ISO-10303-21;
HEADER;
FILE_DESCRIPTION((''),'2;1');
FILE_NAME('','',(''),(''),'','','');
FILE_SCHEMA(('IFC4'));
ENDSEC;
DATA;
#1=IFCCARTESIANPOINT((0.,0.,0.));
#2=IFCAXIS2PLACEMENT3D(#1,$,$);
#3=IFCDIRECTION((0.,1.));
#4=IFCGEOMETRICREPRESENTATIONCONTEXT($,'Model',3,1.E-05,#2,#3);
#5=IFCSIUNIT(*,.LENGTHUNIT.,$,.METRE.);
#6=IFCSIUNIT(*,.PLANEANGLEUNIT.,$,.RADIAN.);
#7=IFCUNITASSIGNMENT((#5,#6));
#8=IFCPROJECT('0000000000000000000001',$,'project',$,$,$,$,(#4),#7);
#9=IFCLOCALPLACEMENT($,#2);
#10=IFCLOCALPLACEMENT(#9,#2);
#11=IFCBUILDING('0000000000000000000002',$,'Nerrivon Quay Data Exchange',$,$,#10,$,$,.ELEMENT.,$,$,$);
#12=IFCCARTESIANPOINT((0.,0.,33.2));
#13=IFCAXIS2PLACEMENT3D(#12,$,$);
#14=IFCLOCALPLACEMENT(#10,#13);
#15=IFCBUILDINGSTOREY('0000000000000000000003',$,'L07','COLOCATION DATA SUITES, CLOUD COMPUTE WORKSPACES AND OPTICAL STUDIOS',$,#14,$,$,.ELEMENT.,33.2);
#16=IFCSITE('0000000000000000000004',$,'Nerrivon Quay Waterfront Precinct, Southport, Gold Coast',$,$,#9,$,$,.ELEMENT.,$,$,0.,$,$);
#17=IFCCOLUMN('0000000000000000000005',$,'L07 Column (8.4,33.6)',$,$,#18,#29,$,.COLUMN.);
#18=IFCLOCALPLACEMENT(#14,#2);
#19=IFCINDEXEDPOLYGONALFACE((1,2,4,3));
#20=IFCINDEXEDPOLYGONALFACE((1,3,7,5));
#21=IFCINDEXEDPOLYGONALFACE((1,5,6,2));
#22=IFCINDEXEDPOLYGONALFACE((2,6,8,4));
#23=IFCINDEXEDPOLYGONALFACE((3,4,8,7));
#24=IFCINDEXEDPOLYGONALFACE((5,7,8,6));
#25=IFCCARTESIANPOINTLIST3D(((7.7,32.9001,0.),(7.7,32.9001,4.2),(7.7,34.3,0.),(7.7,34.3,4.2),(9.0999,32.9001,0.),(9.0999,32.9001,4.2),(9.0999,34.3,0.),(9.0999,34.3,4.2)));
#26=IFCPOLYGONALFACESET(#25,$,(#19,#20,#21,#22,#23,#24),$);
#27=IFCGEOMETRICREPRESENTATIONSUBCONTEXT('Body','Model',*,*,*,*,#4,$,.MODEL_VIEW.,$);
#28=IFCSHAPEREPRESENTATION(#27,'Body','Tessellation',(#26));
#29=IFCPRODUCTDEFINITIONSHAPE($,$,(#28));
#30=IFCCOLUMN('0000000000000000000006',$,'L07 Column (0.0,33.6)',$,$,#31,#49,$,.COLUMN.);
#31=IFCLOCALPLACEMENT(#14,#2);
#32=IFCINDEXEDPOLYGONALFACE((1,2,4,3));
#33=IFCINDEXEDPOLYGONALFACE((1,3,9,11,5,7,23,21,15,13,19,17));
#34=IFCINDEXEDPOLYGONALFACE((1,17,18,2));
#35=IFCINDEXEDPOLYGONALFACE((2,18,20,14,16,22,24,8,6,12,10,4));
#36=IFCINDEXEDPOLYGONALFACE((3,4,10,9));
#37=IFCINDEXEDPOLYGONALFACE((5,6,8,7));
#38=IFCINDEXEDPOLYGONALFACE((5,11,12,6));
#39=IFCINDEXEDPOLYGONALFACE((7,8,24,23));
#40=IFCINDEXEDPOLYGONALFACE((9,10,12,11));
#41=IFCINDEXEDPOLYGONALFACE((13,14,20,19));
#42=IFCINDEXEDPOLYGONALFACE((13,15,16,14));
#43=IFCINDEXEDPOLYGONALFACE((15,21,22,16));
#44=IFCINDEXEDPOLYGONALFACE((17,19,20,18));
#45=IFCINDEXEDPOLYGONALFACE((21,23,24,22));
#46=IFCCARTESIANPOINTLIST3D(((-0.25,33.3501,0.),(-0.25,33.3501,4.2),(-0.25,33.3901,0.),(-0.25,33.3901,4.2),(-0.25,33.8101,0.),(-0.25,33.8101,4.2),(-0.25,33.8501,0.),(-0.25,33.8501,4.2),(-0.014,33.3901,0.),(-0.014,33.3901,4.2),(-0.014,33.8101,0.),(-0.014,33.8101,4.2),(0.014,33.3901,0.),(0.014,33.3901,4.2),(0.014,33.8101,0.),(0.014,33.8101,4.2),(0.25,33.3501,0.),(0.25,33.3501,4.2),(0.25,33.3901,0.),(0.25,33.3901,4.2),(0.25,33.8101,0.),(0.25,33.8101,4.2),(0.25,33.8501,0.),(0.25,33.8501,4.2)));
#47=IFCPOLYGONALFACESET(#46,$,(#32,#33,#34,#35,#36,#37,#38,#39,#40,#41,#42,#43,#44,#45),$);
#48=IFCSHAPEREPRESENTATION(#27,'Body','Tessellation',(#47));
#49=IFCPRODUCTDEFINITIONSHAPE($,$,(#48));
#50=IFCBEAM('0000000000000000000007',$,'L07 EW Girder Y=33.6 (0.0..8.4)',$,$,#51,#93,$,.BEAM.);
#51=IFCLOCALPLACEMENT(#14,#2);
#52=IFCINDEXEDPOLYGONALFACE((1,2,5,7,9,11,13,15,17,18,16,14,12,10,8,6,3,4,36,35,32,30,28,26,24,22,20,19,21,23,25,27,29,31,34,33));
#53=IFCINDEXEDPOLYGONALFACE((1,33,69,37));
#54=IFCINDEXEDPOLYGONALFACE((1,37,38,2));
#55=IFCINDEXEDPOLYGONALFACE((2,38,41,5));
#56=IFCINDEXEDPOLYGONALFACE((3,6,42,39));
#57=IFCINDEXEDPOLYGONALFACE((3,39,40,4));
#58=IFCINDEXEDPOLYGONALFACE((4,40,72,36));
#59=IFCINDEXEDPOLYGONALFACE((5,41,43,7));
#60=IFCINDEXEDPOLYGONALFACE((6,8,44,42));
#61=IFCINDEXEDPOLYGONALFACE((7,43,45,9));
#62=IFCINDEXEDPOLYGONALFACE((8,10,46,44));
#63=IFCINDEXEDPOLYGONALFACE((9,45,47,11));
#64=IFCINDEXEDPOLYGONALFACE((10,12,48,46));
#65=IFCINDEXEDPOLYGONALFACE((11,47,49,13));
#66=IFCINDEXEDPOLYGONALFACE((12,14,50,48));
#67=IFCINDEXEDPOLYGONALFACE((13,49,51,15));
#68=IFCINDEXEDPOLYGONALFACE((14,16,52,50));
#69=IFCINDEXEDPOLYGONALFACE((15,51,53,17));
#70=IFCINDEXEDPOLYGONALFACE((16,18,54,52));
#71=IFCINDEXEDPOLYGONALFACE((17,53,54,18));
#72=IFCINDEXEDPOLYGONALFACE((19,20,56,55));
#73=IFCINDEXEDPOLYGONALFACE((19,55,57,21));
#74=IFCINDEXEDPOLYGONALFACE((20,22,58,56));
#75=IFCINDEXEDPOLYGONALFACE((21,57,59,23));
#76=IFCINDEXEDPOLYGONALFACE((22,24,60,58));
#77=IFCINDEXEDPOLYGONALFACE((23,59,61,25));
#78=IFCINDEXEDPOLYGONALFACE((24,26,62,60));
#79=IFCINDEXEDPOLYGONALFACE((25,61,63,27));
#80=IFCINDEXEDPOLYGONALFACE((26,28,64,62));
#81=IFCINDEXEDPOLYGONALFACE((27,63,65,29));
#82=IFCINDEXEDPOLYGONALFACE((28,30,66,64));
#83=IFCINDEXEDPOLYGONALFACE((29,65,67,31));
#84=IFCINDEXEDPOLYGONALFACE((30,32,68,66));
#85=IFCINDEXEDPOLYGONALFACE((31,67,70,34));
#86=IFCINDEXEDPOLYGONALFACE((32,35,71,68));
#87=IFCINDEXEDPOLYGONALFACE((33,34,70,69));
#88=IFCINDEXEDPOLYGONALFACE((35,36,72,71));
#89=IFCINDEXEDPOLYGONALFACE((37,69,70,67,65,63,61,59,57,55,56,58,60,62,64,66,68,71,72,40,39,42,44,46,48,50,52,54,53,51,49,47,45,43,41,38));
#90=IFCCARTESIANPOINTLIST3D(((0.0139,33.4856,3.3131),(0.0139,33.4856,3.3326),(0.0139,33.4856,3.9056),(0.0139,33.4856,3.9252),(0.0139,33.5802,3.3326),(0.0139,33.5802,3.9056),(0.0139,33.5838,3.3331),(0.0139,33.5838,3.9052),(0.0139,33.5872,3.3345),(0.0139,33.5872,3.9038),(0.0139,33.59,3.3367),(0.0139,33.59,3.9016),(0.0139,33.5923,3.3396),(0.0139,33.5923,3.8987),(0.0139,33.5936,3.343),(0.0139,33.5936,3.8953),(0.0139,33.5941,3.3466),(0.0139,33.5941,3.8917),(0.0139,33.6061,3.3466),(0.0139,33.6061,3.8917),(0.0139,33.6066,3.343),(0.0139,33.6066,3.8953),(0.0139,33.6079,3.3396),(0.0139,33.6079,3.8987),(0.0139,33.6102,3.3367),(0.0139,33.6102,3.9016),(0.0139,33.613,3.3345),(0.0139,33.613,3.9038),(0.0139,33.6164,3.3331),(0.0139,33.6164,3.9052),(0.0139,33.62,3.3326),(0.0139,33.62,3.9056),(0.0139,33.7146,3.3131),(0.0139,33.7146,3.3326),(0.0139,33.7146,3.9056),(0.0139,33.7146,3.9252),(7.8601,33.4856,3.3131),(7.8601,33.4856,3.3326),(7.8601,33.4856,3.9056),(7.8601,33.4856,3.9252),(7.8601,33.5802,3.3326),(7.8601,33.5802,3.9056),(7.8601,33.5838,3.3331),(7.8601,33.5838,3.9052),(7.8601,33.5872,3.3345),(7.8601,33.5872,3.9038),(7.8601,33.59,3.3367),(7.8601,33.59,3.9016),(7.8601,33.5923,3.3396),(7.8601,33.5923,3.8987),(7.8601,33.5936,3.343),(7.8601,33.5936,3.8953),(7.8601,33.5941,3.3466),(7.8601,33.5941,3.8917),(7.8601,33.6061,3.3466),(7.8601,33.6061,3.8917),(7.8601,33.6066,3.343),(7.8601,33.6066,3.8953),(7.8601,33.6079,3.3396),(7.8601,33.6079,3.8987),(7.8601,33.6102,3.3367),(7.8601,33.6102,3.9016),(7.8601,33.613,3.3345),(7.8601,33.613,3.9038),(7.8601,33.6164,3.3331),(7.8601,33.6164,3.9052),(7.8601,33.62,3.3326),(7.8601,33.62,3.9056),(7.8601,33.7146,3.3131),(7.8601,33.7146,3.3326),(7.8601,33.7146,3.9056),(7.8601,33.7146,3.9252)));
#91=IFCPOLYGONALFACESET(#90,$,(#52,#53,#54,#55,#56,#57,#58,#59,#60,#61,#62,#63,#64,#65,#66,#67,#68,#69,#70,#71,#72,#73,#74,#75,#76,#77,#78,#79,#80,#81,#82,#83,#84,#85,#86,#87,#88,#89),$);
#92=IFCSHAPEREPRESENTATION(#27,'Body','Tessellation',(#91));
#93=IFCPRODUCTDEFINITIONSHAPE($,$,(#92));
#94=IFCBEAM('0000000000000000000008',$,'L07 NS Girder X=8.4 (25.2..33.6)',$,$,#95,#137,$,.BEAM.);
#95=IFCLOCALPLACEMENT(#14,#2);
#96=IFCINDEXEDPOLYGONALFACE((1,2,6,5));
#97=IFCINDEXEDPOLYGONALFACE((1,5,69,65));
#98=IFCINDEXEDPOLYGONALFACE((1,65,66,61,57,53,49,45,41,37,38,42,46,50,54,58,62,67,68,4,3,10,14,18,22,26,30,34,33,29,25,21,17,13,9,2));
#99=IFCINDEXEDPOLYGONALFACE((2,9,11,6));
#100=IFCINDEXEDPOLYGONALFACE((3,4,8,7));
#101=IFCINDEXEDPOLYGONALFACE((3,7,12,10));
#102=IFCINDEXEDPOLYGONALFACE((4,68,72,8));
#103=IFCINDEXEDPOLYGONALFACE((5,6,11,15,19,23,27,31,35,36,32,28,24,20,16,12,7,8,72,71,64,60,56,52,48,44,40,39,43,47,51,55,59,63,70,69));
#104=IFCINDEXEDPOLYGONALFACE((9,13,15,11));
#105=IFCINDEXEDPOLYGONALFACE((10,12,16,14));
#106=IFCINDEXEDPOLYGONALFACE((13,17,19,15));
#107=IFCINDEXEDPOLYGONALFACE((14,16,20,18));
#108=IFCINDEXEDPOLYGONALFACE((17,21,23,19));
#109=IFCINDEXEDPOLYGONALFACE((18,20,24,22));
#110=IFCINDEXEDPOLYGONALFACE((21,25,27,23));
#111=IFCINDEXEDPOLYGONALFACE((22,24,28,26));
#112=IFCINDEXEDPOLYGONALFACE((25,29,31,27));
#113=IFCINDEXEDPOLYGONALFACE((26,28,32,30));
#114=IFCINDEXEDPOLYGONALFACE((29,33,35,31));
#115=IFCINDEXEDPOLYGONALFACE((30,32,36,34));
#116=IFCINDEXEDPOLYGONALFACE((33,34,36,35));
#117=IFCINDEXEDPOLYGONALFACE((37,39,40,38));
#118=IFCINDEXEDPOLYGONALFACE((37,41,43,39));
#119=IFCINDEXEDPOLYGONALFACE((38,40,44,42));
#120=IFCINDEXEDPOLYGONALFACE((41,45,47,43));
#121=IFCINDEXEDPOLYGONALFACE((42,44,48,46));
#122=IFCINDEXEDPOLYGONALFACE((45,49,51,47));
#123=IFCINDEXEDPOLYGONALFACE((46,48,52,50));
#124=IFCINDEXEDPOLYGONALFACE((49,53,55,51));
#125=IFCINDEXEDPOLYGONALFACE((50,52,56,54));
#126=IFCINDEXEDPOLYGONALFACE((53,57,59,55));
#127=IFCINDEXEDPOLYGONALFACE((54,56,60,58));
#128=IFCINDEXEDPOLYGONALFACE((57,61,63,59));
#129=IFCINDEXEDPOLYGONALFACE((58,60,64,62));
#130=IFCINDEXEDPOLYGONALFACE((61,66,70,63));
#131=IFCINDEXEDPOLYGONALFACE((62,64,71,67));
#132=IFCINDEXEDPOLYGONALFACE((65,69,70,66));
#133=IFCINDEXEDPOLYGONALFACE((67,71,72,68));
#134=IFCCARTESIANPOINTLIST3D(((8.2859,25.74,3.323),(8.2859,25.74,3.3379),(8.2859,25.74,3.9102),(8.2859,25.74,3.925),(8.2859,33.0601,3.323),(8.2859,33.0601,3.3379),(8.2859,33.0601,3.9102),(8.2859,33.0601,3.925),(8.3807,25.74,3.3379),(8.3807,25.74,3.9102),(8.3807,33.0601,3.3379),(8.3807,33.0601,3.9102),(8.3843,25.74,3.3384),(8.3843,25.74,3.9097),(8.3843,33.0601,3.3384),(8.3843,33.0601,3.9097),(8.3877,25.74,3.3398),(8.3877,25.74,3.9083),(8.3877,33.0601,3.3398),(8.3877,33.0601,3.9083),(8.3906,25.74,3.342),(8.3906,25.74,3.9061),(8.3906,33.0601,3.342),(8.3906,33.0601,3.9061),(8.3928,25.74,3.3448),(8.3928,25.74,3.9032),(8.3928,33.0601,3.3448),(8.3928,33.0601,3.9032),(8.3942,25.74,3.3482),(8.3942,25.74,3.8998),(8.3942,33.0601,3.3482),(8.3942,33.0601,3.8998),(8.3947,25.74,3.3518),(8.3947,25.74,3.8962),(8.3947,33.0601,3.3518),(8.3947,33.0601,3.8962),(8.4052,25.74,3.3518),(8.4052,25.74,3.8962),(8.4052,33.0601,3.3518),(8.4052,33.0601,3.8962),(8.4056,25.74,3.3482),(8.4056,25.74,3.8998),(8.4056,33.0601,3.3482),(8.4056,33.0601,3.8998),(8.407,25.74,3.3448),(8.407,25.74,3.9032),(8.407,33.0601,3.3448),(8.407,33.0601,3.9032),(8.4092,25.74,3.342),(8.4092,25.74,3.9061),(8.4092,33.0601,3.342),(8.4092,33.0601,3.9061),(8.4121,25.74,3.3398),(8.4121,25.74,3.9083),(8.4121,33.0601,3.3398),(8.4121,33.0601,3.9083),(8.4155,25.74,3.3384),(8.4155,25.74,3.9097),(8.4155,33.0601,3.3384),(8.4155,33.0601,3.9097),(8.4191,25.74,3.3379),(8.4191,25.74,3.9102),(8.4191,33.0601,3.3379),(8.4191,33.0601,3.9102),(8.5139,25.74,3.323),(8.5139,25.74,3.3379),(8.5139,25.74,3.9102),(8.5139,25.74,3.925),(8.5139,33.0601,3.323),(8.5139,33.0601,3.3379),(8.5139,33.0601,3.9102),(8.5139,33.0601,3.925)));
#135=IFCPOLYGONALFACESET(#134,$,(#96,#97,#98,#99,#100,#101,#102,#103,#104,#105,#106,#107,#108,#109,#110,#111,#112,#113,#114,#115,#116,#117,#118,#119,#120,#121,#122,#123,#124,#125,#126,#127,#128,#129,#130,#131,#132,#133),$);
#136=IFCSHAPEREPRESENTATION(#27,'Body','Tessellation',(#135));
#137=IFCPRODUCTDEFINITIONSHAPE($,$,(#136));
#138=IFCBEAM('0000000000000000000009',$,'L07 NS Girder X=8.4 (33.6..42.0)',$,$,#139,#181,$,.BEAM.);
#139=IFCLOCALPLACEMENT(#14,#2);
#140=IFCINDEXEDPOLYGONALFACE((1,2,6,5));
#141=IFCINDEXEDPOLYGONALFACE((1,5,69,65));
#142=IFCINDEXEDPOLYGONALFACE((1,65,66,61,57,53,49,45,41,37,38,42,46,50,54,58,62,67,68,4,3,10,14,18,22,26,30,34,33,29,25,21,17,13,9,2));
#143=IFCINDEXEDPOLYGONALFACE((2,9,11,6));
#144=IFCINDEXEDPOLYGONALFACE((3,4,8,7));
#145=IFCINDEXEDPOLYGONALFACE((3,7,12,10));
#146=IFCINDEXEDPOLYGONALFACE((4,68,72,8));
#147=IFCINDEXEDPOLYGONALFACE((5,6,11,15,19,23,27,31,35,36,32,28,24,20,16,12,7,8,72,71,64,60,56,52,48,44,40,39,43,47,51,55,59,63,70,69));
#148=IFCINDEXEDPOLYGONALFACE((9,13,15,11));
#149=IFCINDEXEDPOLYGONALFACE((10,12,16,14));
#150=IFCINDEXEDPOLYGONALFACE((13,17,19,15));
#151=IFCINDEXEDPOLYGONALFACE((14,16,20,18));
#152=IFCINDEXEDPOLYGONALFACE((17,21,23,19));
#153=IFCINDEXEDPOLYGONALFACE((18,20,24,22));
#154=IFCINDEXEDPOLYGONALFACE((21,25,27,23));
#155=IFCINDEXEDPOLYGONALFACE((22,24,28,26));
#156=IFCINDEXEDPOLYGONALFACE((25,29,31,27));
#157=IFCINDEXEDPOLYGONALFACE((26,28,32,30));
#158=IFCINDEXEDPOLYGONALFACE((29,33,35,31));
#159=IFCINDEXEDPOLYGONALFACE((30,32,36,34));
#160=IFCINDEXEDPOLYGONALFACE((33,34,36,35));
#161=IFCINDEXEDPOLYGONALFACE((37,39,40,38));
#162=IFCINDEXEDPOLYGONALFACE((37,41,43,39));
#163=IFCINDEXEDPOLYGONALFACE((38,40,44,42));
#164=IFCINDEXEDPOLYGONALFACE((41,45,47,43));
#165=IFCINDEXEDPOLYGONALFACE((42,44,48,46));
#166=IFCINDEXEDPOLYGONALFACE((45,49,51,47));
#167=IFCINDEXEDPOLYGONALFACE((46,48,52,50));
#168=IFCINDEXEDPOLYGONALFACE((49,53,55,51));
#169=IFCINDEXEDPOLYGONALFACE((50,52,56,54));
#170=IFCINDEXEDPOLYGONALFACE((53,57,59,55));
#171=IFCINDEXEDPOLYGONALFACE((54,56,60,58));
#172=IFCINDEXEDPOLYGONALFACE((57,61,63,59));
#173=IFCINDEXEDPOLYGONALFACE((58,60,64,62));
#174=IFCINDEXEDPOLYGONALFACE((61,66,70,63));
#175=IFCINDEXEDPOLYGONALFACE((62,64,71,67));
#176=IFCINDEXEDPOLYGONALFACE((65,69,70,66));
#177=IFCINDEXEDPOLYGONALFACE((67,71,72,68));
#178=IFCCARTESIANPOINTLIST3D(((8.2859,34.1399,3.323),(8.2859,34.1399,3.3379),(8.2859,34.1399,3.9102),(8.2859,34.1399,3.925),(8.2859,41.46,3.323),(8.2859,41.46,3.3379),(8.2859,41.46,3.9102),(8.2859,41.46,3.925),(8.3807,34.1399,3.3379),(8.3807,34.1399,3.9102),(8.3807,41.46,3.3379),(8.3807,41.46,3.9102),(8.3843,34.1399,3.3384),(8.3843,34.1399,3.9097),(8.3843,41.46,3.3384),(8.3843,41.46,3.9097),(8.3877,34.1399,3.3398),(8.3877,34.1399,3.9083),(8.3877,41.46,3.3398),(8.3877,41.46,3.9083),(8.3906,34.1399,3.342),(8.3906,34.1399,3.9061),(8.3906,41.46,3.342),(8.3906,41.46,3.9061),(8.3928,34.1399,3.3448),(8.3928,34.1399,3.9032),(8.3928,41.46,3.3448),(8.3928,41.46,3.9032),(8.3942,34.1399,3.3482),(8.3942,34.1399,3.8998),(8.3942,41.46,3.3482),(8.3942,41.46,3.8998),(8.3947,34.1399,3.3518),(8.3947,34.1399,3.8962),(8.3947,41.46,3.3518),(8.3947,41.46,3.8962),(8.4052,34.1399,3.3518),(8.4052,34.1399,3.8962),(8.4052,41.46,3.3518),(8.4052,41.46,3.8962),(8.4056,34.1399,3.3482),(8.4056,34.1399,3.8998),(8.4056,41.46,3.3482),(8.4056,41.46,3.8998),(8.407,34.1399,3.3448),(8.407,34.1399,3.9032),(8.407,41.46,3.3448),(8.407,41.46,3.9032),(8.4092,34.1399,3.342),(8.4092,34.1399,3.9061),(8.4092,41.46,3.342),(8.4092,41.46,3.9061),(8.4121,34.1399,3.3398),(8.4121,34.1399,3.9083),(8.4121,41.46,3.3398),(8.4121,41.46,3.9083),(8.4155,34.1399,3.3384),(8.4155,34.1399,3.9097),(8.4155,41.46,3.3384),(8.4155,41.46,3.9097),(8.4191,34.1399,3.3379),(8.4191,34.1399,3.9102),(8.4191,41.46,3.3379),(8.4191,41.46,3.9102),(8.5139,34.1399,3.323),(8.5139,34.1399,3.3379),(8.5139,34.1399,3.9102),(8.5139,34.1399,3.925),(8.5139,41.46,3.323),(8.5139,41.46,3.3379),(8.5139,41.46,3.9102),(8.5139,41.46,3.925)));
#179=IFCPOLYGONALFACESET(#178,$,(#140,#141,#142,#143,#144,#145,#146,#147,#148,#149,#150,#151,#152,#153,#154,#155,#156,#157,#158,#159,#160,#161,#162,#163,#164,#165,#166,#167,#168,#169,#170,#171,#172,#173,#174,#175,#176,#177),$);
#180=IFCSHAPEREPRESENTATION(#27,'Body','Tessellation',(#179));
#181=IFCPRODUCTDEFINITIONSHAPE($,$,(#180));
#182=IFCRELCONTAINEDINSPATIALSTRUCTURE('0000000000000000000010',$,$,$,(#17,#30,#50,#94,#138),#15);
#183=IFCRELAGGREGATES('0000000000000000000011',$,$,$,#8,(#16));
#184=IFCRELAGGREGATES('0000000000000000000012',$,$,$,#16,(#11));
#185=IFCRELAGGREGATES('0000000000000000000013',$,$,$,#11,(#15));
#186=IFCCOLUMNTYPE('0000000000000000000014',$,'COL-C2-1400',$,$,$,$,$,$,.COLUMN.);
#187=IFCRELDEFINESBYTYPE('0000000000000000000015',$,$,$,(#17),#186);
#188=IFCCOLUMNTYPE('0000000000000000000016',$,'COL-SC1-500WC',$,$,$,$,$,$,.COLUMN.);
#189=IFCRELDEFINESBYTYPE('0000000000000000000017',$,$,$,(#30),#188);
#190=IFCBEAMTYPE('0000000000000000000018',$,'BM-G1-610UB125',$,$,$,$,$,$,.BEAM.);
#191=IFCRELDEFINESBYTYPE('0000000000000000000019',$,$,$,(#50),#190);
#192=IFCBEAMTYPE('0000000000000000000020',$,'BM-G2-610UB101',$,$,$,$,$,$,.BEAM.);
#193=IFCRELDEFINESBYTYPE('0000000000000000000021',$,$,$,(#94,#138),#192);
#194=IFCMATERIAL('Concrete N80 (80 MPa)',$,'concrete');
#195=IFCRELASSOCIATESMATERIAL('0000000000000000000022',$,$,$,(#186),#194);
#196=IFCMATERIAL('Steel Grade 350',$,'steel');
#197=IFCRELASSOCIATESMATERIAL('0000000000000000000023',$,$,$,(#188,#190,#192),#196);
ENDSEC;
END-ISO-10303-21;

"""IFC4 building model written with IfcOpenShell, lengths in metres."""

from ifc_helpers import new_model, si_unit, direction, frame, origin, origin_2d, place, context, subcontext, project, spatial, rectangle, i_section, extrude, material, material_profile, profile_set, type_object, element, save


model = new_model("IFC4")

# Units and contexts
model_context = context("Model", 3, precision=1e-05, world=origin(), true_north=direction((0.0, 1.0)))
body_context = subcontext(model_context, "Body", "Model", "MODEL_VIEW")
ifc_project = project(units=[si_unit("LENGTHUNIT", "METRE"), si_unit("PLANEANGLEUNIT", "RADIAN")], contexts=[model_context])

# Site, building, storey
site_placement = place(None, origin())
site = spatial("IfcSite", under=ifc_project, at=site_placement, Name="Nerrivon Quay Waterfront Precinct, Southport, Gold Coast", CompositionType="ELEMENT", RefElevation=0.0)
building_placement = place(site_placement, origin())
building = spatial("IfcBuilding", under=site, at=building_placement, Name="Nerrivon Quay Data Exchange", CompositionType="ELEMENT")
storey_placement = place(building_placement, frame((0.0, 0.0, 33.2)))
storey = spatial("IfcBuildingStorey", under=building, at=storey_placement, Name="L07", Description="COLOCATION DATA SUITES, CLOUD COMPUTE WORKSPACES AND OPTICAL STUDIOS", CompositionType="ELEMENT", Elevation=33.2)

# Columns
ifc_material_1 = material(Name="Concrete N80 (80 MPa)", Category="concrete")
ifc_material_profile_1 = material_profile(ifc_material_1, rectangle(XDim=1.3999, YDim=1.3999, at=origin_2d()), Name="RC-COL-1400x1400")
ifc_profile_set_1 = profile_set([ifc_material_profile_1], Name="Concrete N80 (80 MPa)")
column_type_1 = type_object("IfcColumnType", Name="COL-C2-1400", PredefinedType="COLUMN", material=ifc_profile_set_1)
column_1_placement = place(storey_placement, frame((8.3999, 33.6001, 0.0), z_axis=(0.0, 0.0, 1.0), x_axis=(1.0, 0.0, 0.0)))
element("IfcColumn", 1, at=column_1_placement, inside=storey, type_object=column_type_1, Name="L07 Column (8.4,33.6)", PredefinedType="COLUMN", context=body_context, shape_type="SweptSolid", body=[
    extrude(rectangle(XDim=1.3999, YDim=1.3999, at=origin_2d()), origin(), (0.0, 0.0, 1.0), 4.2),
])
ifc_material_2 = material(Name="Steel Grade 350", Category="steel")
ifc_material_profile_2 = material_profile(ifc_material_2, i_section(OverallWidth=0.5, OverallDepth=0.5, WebThickness=0.0281, FlangeThickness=0.04, at=origin_2d()), Name="500WC440")
ifc_profile_set_2 = profile_set([ifc_material_profile_2], Name="Steel Grade 350")
column_type_2 = type_object("IfcColumnType", Name="COL-SC1-500WC", PredefinedType="COLUMN", material=ifc_profile_set_2)
column_2_placement = place(storey_placement, frame((0.0, 33.6001, 0.0), z_axis=(0.0, 0.0, 1.0), x_axis=(1.0, 0.0, 0.0)))
element("IfcColumn", 2, at=column_2_placement, inside=storey, type_object=column_type_2, Name="L07 Column (0.0,33.6)", PredefinedType="COLUMN", context=body_context, shape_type="SweptSolid", body=[
    extrude(i_section(OverallWidth=0.5, OverallDepth=0.5, WebThickness=0.0281, FlangeThickness=0.04, at=origin_2d()), origin(), (0.0, 0.0, 1.0), 4.2),
])

# Beams
ifc_material_profile_3 = material_profile(ifc_material_2, i_section(OverallWidth=0.229, OverallDepth=0.6121, WebThickness=0.012, FlangeThickness=0.0195, FilletRadius=0.0139, at=origin_2d()), Name="610UB125")
ifc_profile_set_3 = profile_set([ifc_material_profile_3], Name="Steel Grade 350")
beam_type_1 = type_object("IfcBeamType", Name="BM-G1-610UB125", PredefinedType="BEAM", material=ifc_profile_set_3)
beam_1_placement = place(storey_placement, frame((0.0139, 33.6001, 3.6191), z_axis=(1.0, 0.0, 0.0), x_axis=(0.0, 1.0, 0.0)))
element("IfcBeam", 3, at=beam_1_placement, inside=storey, type_object=beam_type_1, Name="L07 EW Girder Y=33.6 (0.0..8.4)", PredefinedType="BEAM", context=body_context, shape_type="SweptSolid", body=[
    extrude(i_section(OverallWidth=0.229, OverallDepth=0.6121, WebThickness=0.012, FlangeThickness=0.0195, FilletRadius=0.0139, at=origin_2d()), origin(), (0.0, 0.0, 1.0), 7.8462),
])
ifc_material_profile_4 = material_profile(ifc_material_2, i_section(OverallWidth=0.228, OverallDepth=0.6021, WebThickness=0.0105, FlangeThickness=0.0149, FilletRadius=0.0139, at=origin_2d()), Name="610UB101")
ifc_profile_set_4 = profile_set([ifc_material_profile_4], Name="Steel Grade 350")
beam_type_2 = type_object("IfcBeamType", Name="BM-G2-610UB101", PredefinedType="BEAM", material=ifc_profile_set_4)
for number, where, z_axis, x_axis, name in (
    (4, (8.3999, 25.74, 3.624), (0.0, 1.0, 0.0), (-1.0, 0.0, 0.0), "L07 NS Girder X=8.4 (25.2..33.6)"),
    (5, (8.3999, 34.1399, 3.624), (0.0, 1.0, 0.0), (-1.0, 0.0, 0.0), "L07 NS Girder X=8.4 (33.6..42.0)"),
):
    element("IfcBeam", number, at=place(storey_placement, frame(where, z_axis=z_axis, x_axis=x_axis)), inside=storey, type_object=beam_type_2, Name=name, PredefinedType="BEAM", context=body_context, shape_type="SweptSolid", body=[
        extrude(i_section(OverallWidth=0.228, OverallDepth=0.6021, WebThickness=0.0105, FlangeThickness=0.0149, FilletRadius=0.0139, at=origin_2d()), origin(), (0.0, 0.0, 1.0), 7.3201),
    ])

save(model, "model.ifc")
